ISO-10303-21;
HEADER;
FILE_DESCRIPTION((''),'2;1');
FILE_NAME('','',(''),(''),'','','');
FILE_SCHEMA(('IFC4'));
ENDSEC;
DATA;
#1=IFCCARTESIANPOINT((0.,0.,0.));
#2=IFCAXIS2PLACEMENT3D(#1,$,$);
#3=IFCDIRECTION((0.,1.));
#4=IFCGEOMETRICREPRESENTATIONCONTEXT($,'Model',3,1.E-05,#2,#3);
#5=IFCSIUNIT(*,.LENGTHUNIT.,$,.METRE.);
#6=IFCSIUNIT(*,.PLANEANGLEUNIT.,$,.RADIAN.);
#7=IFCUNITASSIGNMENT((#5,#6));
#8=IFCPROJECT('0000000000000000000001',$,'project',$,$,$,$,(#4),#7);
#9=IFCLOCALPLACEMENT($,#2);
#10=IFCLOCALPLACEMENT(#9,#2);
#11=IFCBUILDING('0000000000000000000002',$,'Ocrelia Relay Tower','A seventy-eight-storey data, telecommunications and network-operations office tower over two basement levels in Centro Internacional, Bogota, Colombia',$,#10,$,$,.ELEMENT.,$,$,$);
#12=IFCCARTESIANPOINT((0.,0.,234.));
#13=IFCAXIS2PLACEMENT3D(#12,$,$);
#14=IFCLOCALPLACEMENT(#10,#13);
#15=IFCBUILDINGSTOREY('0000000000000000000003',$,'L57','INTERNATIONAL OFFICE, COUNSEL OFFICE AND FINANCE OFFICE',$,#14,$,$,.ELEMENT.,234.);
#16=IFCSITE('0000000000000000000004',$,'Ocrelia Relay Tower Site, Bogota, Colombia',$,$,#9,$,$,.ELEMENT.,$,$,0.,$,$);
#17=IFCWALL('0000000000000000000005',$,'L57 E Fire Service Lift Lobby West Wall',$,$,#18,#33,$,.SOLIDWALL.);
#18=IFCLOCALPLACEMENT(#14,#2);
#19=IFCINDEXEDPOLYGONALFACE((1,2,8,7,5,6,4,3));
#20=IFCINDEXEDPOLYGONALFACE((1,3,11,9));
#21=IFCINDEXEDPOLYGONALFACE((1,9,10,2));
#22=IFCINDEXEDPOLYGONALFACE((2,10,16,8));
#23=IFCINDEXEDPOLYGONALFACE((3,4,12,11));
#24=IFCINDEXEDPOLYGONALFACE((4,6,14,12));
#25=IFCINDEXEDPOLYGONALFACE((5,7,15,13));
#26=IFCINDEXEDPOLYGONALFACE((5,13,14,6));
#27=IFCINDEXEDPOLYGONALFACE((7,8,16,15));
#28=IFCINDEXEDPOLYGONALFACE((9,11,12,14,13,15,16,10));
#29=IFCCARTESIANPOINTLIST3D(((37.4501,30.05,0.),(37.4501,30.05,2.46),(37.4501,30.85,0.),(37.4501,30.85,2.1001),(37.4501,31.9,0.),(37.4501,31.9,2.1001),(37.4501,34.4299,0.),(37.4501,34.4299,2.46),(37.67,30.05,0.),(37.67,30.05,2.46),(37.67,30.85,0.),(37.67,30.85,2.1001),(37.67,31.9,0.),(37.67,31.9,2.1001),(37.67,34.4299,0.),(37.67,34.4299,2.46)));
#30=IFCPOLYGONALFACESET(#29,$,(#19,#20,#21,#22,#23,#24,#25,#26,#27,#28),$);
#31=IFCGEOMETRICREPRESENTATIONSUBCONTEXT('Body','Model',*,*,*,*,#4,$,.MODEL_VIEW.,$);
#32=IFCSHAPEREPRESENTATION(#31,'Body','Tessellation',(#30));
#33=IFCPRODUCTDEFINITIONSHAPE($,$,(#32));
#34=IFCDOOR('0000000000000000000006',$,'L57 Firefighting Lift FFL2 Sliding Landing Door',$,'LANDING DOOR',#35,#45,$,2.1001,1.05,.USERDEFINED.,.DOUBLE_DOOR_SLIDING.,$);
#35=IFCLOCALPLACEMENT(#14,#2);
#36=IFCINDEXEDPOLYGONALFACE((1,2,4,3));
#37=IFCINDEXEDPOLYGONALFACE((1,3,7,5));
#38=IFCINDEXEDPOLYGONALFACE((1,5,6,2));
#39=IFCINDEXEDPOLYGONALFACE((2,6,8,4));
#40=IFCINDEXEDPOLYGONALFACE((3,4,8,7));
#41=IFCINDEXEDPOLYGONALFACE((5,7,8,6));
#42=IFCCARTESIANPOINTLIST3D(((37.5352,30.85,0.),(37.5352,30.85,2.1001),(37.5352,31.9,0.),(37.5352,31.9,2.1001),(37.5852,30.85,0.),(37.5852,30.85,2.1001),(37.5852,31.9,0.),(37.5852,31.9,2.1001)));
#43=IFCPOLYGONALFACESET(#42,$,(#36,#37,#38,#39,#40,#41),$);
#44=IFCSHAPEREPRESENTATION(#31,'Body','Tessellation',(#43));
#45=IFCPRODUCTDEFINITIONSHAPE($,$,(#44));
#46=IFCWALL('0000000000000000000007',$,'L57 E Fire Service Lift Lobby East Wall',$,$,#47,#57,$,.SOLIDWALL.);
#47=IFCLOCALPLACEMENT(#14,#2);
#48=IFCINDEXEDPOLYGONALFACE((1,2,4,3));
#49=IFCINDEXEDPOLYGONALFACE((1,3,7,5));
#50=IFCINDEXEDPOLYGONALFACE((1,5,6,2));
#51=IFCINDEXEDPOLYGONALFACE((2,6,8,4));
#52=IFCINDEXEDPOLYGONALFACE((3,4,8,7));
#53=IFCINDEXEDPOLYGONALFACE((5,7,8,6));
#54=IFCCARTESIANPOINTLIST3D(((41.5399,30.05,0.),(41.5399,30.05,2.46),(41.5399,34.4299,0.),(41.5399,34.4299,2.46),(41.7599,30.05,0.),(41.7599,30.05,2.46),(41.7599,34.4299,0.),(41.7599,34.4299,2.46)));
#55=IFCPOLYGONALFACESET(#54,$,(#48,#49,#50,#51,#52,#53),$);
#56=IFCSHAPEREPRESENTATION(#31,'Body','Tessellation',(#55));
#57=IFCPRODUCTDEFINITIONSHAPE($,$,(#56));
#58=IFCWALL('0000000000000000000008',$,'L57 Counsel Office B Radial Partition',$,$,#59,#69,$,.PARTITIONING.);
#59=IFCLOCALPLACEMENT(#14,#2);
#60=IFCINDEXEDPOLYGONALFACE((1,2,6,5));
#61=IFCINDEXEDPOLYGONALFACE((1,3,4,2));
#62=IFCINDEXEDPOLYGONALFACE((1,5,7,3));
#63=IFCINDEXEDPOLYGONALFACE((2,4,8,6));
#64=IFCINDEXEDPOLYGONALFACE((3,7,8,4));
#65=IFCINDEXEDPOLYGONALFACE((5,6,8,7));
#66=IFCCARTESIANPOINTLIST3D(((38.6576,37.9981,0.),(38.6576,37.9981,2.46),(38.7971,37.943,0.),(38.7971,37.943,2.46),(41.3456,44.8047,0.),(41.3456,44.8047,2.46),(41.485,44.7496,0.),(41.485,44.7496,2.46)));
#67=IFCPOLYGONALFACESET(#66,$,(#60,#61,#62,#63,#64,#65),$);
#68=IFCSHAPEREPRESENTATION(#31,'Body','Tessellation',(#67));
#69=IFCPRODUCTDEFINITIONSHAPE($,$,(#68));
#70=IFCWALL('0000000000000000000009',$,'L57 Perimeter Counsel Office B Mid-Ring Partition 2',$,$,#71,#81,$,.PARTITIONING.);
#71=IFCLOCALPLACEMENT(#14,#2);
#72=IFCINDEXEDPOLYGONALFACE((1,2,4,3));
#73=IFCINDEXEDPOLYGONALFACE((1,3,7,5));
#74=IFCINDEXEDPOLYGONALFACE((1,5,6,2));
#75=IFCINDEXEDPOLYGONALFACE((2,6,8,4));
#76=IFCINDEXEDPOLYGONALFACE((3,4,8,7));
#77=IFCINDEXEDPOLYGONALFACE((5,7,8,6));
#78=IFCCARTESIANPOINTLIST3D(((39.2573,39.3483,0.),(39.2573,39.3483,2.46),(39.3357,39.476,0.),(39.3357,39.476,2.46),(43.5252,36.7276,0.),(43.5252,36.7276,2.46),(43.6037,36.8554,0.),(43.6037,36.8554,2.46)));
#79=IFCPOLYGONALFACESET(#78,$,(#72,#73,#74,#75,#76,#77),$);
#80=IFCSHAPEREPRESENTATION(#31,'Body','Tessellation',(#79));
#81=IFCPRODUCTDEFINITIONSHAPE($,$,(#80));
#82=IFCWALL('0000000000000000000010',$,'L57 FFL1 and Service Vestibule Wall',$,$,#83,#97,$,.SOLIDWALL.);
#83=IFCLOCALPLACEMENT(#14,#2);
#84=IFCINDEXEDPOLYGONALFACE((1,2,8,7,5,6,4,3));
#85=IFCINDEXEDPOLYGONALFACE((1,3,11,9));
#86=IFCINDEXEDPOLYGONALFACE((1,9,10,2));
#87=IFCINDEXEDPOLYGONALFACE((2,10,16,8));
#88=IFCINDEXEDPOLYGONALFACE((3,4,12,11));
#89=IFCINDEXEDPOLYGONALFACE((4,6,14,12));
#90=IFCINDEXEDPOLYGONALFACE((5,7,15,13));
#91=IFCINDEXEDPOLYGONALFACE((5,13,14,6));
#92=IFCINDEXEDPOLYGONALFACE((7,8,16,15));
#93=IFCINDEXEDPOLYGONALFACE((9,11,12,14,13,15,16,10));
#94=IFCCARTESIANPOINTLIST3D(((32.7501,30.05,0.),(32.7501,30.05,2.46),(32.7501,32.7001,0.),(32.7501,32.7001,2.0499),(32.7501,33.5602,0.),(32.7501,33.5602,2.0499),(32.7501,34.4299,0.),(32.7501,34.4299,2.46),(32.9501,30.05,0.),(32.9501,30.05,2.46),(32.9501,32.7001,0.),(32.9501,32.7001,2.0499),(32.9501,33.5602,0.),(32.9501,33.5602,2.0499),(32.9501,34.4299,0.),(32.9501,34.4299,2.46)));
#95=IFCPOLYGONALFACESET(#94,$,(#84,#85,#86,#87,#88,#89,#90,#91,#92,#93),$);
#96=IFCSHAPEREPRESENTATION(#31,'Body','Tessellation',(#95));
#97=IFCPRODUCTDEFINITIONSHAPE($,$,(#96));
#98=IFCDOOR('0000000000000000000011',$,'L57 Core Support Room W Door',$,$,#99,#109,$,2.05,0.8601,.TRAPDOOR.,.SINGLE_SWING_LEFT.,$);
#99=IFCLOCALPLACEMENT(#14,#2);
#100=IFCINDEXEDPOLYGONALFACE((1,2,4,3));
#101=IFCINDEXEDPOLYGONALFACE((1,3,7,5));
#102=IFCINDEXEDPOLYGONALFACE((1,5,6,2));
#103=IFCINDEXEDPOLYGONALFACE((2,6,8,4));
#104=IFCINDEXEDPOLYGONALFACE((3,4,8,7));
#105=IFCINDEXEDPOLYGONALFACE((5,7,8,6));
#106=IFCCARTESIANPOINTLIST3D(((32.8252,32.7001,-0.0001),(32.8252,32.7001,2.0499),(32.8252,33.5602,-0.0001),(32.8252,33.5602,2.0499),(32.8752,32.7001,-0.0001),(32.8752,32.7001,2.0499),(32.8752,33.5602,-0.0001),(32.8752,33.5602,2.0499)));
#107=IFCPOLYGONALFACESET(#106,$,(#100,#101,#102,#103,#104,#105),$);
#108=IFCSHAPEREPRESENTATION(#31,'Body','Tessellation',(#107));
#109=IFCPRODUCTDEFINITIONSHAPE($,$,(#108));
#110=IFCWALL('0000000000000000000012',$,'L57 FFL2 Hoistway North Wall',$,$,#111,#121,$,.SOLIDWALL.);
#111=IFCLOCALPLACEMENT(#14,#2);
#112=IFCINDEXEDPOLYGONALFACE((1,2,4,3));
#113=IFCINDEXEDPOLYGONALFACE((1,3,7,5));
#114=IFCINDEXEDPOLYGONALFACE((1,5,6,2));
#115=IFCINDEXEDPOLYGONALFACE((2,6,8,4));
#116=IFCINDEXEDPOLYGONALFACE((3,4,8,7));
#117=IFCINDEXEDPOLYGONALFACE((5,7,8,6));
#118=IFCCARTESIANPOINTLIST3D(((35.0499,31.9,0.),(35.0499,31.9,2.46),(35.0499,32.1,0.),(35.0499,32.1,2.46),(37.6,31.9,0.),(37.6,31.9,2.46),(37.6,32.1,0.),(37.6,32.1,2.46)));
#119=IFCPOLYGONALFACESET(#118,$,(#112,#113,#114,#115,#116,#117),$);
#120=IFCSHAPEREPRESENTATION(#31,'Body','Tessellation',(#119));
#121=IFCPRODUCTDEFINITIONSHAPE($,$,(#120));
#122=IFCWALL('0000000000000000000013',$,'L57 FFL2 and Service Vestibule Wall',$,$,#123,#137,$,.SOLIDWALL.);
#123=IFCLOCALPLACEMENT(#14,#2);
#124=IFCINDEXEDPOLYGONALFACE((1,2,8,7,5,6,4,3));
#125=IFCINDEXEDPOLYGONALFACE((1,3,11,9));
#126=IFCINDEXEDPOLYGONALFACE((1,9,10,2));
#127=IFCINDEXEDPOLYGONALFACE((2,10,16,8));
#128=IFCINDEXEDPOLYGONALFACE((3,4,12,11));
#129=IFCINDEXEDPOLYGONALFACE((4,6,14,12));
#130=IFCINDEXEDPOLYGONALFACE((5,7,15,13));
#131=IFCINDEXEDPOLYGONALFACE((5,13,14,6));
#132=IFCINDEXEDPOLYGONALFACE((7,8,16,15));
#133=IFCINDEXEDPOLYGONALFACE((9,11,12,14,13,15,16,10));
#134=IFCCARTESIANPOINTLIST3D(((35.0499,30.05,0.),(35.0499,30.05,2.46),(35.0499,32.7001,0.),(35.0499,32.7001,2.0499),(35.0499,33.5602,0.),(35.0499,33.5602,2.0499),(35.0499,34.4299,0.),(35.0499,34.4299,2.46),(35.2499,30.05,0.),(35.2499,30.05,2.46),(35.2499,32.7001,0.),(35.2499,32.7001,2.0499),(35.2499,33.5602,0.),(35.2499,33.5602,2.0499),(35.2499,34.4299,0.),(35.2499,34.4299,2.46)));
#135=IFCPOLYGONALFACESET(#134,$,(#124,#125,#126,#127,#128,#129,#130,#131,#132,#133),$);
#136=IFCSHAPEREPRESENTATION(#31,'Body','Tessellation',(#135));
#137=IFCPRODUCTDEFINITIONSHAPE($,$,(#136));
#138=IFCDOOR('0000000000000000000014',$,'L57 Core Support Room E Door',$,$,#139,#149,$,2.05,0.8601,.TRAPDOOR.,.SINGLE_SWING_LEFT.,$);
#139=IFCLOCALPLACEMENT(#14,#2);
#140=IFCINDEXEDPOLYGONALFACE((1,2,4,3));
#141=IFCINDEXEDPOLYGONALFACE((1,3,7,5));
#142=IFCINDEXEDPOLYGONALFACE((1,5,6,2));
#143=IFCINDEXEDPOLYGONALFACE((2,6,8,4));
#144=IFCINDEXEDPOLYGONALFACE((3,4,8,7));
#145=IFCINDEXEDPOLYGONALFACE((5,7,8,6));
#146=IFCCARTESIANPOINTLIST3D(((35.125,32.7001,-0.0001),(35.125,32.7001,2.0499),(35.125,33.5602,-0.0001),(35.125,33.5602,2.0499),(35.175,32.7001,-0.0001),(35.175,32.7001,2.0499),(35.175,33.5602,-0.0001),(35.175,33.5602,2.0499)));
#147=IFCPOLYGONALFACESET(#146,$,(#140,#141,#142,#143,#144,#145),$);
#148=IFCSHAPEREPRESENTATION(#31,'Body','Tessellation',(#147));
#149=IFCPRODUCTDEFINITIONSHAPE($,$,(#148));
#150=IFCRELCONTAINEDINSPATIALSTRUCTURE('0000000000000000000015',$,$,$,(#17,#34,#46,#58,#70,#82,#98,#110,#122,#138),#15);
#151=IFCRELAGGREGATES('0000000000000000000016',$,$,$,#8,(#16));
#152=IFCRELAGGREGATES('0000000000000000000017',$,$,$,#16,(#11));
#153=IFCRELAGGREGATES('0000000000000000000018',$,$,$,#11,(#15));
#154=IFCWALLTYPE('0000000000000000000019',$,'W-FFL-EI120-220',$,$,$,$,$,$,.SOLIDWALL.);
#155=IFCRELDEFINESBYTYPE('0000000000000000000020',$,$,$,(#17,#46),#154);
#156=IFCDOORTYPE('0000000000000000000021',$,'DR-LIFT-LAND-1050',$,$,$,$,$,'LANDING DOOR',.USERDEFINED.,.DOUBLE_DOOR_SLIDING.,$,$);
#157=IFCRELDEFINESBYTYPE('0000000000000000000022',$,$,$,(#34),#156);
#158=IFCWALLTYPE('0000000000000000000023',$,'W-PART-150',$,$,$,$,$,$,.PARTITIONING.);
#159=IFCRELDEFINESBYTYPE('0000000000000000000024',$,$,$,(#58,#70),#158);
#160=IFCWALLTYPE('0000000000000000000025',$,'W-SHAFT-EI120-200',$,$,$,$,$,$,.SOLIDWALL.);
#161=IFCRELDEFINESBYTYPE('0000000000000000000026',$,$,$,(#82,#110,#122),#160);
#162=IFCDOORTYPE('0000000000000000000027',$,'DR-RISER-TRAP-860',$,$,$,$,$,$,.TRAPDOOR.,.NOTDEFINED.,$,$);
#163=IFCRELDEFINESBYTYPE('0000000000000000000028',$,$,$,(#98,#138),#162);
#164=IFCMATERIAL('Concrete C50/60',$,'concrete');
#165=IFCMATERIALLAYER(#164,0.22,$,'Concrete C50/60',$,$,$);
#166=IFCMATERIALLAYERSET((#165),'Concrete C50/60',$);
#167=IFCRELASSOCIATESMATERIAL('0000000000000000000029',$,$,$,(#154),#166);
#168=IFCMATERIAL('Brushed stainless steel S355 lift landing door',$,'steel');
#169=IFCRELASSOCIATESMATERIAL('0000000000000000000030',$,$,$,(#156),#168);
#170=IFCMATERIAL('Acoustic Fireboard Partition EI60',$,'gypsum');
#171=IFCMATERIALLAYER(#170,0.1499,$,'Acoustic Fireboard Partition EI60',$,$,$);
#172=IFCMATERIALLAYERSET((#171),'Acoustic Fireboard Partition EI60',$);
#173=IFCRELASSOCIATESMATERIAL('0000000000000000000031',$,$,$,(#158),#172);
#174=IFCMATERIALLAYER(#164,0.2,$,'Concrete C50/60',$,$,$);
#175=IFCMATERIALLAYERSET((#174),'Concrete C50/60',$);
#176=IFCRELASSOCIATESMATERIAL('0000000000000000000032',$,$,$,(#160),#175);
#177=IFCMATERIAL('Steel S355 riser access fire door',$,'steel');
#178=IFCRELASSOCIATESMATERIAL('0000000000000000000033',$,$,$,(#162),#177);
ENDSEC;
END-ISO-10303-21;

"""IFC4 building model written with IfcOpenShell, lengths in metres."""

from ifc_helpers import new_model, si_unit, direction, frame, frame_2d, origin, place, context, subcontext, project, spatial, rectangle, extrude, material, layer, layer_set, type_object, element, fill, save


model = new_model("IFC4")

# Units and contexts
model_context = context("Model", 3, precision=1e-05, world=origin(), true_north=direction((0.0, 1.0)))
body_context = subcontext(model_context, "Body", "Model", "MODEL_VIEW")
ifc_project = project(units=[si_unit("LENGTHUNIT", "METRE"), si_unit("PLANEANGLEUNIT", "RADIAN")], contexts=[model_context])

# Site, building, storey
site_placement = place(None, origin())
site = spatial("IfcSite", under=ifc_project, at=site_placement, Name="Ocrelia Relay Tower Site, Bogota, Colombia", CompositionType="ELEMENT", RefElevation=0.0)
building_placement = place(site_placement, origin())
building = spatial("IfcBuilding", under=site, at=building_placement, Name="Ocrelia Relay Tower", Description="A seventy-eight-storey data, telecommunications and network-operations office tower over two basement levels in Centro Internacional, Bogota, Colombia", CompositionType="ELEMENT")
storey_placement = place(building_placement, frame((0.0, 0.0, 234.0)))
storey = spatial("IfcBuildingStorey", under=building, at=storey_placement, Name="L57", Description="INTERNATIONAL OFFICE, COUNSEL OFFICE AND FINANCE OFFICE", CompositionType="ELEMENT", Elevation=234.0)

# Wall, opening, door
ifc_material_1 = material(Name="Concrete C50/60", Category="concrete")
ifc_layer_1 = layer(ifc_material_1, 0.22, Name="Concrete C50/60")
ifc_layer_set_1 = layer_set([ifc_layer_1], Name="Concrete C50/60")
wall_type_1 = type_object("IfcWallType", Name="W-FFL-EI120-220", PredefinedType="SOLIDWALL", material=ifc_layer_set_1)
wall_1_placement = place(storey_placement, frame((37.5601, 30.05, 0.0), z_axis=(0.0, 0.0, 1.0), x_axis=(0.0, 1.0, 0.0)))
wall_1 = element("IfcWall", 1, at=wall_1_placement, inside=storey, type_object=wall_type_1, Name="L57 E Fire Service Lift Lobby West Wall", PredefinedType="SOLIDWALL", context=body_context, shape_type="SweptSolid", body=[
    extrude(rectangle(XDim=4.3799, YDim=0.22, at=frame_2d((2.1899, 0.0))), origin(), (0.0, 0.0, 1.0), 2.46),
])
opening_1_placement = place(wall_1_placement, frame((0.8, 0.0, 0.0)))
opening_1 = element("IfcOpeningElement", 2, at=opening_1_placement, cuts=wall_1, PredefinedType="OPENING", context=body_context, shape_type="SweptSolid", body=[
    extrude(rectangle(XDim=1.05, YDim=2.1001, at=frame_2d((0.5249, 1.05))), frame((0.0, 0.1201, 0.0), z_axis=(0.0, -1.0, 0.0), x_axis=(1.0, 0.0, 0.0)), (0.0, 0.0, 1.0), 0.24),
])
ifc_material_2 = material(Name="Brushed stainless steel S355 lift landing door", Category="steel")
door_type_1 = type_object("IfcDoorType", Name="DR-LIFT-LAND-1050", ElementType="LANDING DOOR", OperationType="DOUBLE_DOOR_SLIDING", PredefinedType="USERDEFINED", material=ifc_material_2)
door_1_placement = place(opening_1_placement, origin())
door_1 = element("IfcDoor", 3, at=door_1_placement, inside=storey, type_object=door_type_1, Name="L57 Firefighting Lift FFL2 Sliding Landing Door", ObjectType="LANDING DOOR", OperationType="DOUBLE_DOOR_SLIDING", OverallHeight=2.1001, OverallWidth=1.05, PredefinedType="USERDEFINED", context=body_context, shape_type="SweptSolid", body=[
    extrude(rectangle(XDim=1.05, YDim=2.1001, at=frame_2d((0.5249, 1.05))), frame((0.0, 0.0249, 0.0), z_axis=(0.0, -1.0, 0.0), x_axis=(1.0, 0.0, 0.0)), (0.0, 0.0, 1.0), 0.05),
])
fill(opening_1, door_1)

# Wall
wall_2_placement = place(storey_placement, frame((41.6499, 30.05, 0.0), z_axis=(0.0, 0.0, 1.0), x_axis=(0.0, 1.0, 0.0)))
element("IfcWall", 4, at=wall_2_placement, inside=storey, type_object=wall_type_1, Name="L57 E Fire Service Lift Lobby East Wall", PredefinedType="SOLIDWALL", context=body_context, shape_type="SweptSolid", body=[
    extrude(rectangle(XDim=4.3799, YDim=0.22, at=frame_2d((2.1899, 0.0))), origin(), (0.0, 0.0, 1.0), 2.46),
])

# Walls
ifc_material_3 = material(Name="Acoustic Fireboard Partition EI60", Category="gypsum")
ifc_layer_2 = layer(ifc_material_3, 0.1499, Name="Acoustic Fireboard Partition EI60")
ifc_layer_set_2 = layer_set([ifc_layer_2], Name="Acoustic Fireboard Partition EI60")
wall_type_2 = type_object("IfcWallType", Name="W-PART-150", PredefinedType="PARTITIONING", material=ifc_layer_set_2)
wall_3_placement = place(storey_placement, frame((38.7273, 37.9705, 0.0), z_axis=(0.0, 0.0, 1.0), x_axis=(0.367303, 0.930101, 0.0)))
element("IfcWall", 5, at=wall_3_placement, inside=storey, type_object=wall_type_2, Name="L57 Counsel Office B Radial Partition", PredefinedType="PARTITIONING", context=body_context, shape_type="SweptSolid", body=[
    extrude(rectangle(XDim=7.3181, YDim=0.1499, at=frame_2d((3.6592, 0.0))), origin(), (0.0, 0.0, 1.0), 2.46),
])
wall_4_placement = place(storey_placement, frame((43.5645, 36.7915, 0.0), z_axis=(0.0, 0.0, 1.0), x_axis=(-0.85217, 0.523265, 0.0)))
element("IfcWall", 6, at=wall_4_placement, inside=storey, type_object=wall_type_2, Name="L57 Perimeter Counsel Office B Mid-Ring Partition 2", PredefinedType="PARTITIONING", context=body_context, shape_type="SweptSolid", body=[
    extrude(rectangle(XDim=5.0083, YDim=0.1499, at=frame_2d((2.5042, 0.0))), origin(), (0.0, 0.0, 1.0), 2.46),
])

# Wall, opening, door
ifc_layer_3 = layer(ifc_material_1, 0.2, Name="Concrete C50/60")
ifc_layer_set_3 = layer_set([ifc_layer_3], Name="Concrete C50/60")
wall_type_3 = type_object("IfcWallType", Name="W-SHAFT-EI120-200", PredefinedType="SOLIDWALL", material=ifc_layer_set_3)
wall_5_placement = place(storey_placement, frame((32.8501, 30.05, 0.0), z_axis=(0.0, 0.0, 1.0), x_axis=(0.0, 1.0, 0.0)))
wall_5 = element("IfcWall", 7, at=wall_5_placement, inside=storey, type_object=wall_type_3, Name="L57 FFL1 and Service Vestibule Wall", PredefinedType="SOLIDWALL", context=body_context, shape_type="SweptSolid", body=[
    extrude(rectangle(XDim=4.3799, YDim=0.2, at=frame_2d((2.1899, 0.0))), origin(), (0.0, 0.0, 1.0), 2.46),
])
opening_2_placement = place(wall_5_placement, frame((2.6499, 0.0, 0.0)))
opening_2 = element("IfcOpeningElement", 8, at=opening_2_placement, cuts=wall_5, PredefinedType="OPENING", context=body_context, shape_type="SweptSolid", body=[
    extrude(rectangle(XDim=0.8601, YDim=2.05, at=frame_2d((0.4302, 1.0249))), frame((0.0, 0.1099, 0.0), z_axis=(0.0, -1.0, 0.0), x_axis=(1.0, 0.0, 0.0)), (0.0, 0.0, 1.0), 0.22),
])
ifc_material_4 = material(Name="Steel S355 riser access fire door", Category="steel")
door_type_2 = type_object("IfcDoorType", Name="DR-RISER-TRAP-860", OperationType="NOTDEFINED", PredefinedType="TRAPDOOR", material=ifc_material_4)
door_2_placement = place(opening_2_placement, origin())
door_2 = element("IfcDoor", 9, at=door_2_placement, inside=storey, type_object=door_type_2, Name="L57 Core Support Room W Door", OperationType="SINGLE_SWING_LEFT", OverallHeight=2.05, OverallWidth=0.8601, PredefinedType="TRAPDOOR", context=body_context, shape_type="SweptSolid", body=[
    extrude(rectangle(XDim=0.8601, YDim=2.05, at=frame_2d((0.4302, 1.0249))), frame((0.0, 0.0249, 0.0), z_axis=(0.0, -1.0, 0.0), x_axis=(1.0, 0.0, 0.0)), (0.0, 0.0, 1.0), 0.05),
])
fill(opening_2, door_2)

# Wall
wall_6_placement = place(storey_placement, frame((35.05, 32.0, 0.0), z_axis=(0.0, 0.0, 1.0), x_axis=(1.0, 0.0, 0.0)))
element("IfcWall", 10, at=wall_6_placement, inside=storey, type_object=wall_type_3, Name="L57 FFL2 Hoistway North Wall", PredefinedType="SOLIDWALL", context=body_context, shape_type="SweptSolid", body=[
    extrude(rectangle(XDim=2.55, YDim=0.2, at=frame_2d((1.2749, 0.0))), origin(), (0.0, 0.0, 1.0), 2.46),
])

# Wall, opening, door
wall_7_placement = place(storey_placement, frame((35.1499, 30.05, 0.0), z_axis=(0.0, 0.0, 1.0), x_axis=(0.0, 1.0, 0.0)))
wall_7 = element("IfcWall", 11, at=wall_7_placement, inside=storey, type_object=wall_type_3, Name="L57 FFL2 and Service Vestibule Wall", PredefinedType="SOLIDWALL", context=body_context, shape_type="SweptSolid", body=[
    extrude(rectangle(XDim=4.3799, YDim=0.2, at=frame_2d((2.1899, 0.0))), origin(), (0.0, 0.0, 1.0), 2.46),
])
opening_3_placement = place(wall_7_placement, frame((2.6499, 0.0, 0.0)))
opening_3 = element("IfcOpeningElement", 12, at=opening_3_placement, cuts=wall_7, PredefinedType="OPENING", context=body_context, shape_type="SweptSolid", body=[
    extrude(rectangle(XDim=0.8601, YDim=2.05, at=frame_2d((0.4302, 1.0249))), frame((0.0, 0.1099, 0.0), z_axis=(0.0, -1.0, 0.0), x_axis=(1.0, 0.0, 0.0)), (0.0, 0.0, 1.0), 0.22),
])
door_3_placement = place(opening_3_placement, origin())
door_3 = element("IfcDoor", 13, at=door_3_placement, inside=storey, type_object=door_type_2, Name="L57 Core Support Room E Door", OperationType="SINGLE_SWING_LEFT", OverallHeight=2.05, OverallWidth=0.8601, PredefinedType="TRAPDOOR", context=body_context, shape_type="SweptSolid", body=[
    extrude(rectangle(XDim=0.8601, YDim=2.05, at=frame_2d((0.4302, 1.0249))), frame((0.0, 0.0249, 0.0), z_axis=(0.0, -1.0, 0.0), x_axis=(1.0, 0.0, 0.0)), (0.0, 0.0, 1.0), 0.05),
])
fill(opening_3, door_3)

save(model, "model.ifc")
